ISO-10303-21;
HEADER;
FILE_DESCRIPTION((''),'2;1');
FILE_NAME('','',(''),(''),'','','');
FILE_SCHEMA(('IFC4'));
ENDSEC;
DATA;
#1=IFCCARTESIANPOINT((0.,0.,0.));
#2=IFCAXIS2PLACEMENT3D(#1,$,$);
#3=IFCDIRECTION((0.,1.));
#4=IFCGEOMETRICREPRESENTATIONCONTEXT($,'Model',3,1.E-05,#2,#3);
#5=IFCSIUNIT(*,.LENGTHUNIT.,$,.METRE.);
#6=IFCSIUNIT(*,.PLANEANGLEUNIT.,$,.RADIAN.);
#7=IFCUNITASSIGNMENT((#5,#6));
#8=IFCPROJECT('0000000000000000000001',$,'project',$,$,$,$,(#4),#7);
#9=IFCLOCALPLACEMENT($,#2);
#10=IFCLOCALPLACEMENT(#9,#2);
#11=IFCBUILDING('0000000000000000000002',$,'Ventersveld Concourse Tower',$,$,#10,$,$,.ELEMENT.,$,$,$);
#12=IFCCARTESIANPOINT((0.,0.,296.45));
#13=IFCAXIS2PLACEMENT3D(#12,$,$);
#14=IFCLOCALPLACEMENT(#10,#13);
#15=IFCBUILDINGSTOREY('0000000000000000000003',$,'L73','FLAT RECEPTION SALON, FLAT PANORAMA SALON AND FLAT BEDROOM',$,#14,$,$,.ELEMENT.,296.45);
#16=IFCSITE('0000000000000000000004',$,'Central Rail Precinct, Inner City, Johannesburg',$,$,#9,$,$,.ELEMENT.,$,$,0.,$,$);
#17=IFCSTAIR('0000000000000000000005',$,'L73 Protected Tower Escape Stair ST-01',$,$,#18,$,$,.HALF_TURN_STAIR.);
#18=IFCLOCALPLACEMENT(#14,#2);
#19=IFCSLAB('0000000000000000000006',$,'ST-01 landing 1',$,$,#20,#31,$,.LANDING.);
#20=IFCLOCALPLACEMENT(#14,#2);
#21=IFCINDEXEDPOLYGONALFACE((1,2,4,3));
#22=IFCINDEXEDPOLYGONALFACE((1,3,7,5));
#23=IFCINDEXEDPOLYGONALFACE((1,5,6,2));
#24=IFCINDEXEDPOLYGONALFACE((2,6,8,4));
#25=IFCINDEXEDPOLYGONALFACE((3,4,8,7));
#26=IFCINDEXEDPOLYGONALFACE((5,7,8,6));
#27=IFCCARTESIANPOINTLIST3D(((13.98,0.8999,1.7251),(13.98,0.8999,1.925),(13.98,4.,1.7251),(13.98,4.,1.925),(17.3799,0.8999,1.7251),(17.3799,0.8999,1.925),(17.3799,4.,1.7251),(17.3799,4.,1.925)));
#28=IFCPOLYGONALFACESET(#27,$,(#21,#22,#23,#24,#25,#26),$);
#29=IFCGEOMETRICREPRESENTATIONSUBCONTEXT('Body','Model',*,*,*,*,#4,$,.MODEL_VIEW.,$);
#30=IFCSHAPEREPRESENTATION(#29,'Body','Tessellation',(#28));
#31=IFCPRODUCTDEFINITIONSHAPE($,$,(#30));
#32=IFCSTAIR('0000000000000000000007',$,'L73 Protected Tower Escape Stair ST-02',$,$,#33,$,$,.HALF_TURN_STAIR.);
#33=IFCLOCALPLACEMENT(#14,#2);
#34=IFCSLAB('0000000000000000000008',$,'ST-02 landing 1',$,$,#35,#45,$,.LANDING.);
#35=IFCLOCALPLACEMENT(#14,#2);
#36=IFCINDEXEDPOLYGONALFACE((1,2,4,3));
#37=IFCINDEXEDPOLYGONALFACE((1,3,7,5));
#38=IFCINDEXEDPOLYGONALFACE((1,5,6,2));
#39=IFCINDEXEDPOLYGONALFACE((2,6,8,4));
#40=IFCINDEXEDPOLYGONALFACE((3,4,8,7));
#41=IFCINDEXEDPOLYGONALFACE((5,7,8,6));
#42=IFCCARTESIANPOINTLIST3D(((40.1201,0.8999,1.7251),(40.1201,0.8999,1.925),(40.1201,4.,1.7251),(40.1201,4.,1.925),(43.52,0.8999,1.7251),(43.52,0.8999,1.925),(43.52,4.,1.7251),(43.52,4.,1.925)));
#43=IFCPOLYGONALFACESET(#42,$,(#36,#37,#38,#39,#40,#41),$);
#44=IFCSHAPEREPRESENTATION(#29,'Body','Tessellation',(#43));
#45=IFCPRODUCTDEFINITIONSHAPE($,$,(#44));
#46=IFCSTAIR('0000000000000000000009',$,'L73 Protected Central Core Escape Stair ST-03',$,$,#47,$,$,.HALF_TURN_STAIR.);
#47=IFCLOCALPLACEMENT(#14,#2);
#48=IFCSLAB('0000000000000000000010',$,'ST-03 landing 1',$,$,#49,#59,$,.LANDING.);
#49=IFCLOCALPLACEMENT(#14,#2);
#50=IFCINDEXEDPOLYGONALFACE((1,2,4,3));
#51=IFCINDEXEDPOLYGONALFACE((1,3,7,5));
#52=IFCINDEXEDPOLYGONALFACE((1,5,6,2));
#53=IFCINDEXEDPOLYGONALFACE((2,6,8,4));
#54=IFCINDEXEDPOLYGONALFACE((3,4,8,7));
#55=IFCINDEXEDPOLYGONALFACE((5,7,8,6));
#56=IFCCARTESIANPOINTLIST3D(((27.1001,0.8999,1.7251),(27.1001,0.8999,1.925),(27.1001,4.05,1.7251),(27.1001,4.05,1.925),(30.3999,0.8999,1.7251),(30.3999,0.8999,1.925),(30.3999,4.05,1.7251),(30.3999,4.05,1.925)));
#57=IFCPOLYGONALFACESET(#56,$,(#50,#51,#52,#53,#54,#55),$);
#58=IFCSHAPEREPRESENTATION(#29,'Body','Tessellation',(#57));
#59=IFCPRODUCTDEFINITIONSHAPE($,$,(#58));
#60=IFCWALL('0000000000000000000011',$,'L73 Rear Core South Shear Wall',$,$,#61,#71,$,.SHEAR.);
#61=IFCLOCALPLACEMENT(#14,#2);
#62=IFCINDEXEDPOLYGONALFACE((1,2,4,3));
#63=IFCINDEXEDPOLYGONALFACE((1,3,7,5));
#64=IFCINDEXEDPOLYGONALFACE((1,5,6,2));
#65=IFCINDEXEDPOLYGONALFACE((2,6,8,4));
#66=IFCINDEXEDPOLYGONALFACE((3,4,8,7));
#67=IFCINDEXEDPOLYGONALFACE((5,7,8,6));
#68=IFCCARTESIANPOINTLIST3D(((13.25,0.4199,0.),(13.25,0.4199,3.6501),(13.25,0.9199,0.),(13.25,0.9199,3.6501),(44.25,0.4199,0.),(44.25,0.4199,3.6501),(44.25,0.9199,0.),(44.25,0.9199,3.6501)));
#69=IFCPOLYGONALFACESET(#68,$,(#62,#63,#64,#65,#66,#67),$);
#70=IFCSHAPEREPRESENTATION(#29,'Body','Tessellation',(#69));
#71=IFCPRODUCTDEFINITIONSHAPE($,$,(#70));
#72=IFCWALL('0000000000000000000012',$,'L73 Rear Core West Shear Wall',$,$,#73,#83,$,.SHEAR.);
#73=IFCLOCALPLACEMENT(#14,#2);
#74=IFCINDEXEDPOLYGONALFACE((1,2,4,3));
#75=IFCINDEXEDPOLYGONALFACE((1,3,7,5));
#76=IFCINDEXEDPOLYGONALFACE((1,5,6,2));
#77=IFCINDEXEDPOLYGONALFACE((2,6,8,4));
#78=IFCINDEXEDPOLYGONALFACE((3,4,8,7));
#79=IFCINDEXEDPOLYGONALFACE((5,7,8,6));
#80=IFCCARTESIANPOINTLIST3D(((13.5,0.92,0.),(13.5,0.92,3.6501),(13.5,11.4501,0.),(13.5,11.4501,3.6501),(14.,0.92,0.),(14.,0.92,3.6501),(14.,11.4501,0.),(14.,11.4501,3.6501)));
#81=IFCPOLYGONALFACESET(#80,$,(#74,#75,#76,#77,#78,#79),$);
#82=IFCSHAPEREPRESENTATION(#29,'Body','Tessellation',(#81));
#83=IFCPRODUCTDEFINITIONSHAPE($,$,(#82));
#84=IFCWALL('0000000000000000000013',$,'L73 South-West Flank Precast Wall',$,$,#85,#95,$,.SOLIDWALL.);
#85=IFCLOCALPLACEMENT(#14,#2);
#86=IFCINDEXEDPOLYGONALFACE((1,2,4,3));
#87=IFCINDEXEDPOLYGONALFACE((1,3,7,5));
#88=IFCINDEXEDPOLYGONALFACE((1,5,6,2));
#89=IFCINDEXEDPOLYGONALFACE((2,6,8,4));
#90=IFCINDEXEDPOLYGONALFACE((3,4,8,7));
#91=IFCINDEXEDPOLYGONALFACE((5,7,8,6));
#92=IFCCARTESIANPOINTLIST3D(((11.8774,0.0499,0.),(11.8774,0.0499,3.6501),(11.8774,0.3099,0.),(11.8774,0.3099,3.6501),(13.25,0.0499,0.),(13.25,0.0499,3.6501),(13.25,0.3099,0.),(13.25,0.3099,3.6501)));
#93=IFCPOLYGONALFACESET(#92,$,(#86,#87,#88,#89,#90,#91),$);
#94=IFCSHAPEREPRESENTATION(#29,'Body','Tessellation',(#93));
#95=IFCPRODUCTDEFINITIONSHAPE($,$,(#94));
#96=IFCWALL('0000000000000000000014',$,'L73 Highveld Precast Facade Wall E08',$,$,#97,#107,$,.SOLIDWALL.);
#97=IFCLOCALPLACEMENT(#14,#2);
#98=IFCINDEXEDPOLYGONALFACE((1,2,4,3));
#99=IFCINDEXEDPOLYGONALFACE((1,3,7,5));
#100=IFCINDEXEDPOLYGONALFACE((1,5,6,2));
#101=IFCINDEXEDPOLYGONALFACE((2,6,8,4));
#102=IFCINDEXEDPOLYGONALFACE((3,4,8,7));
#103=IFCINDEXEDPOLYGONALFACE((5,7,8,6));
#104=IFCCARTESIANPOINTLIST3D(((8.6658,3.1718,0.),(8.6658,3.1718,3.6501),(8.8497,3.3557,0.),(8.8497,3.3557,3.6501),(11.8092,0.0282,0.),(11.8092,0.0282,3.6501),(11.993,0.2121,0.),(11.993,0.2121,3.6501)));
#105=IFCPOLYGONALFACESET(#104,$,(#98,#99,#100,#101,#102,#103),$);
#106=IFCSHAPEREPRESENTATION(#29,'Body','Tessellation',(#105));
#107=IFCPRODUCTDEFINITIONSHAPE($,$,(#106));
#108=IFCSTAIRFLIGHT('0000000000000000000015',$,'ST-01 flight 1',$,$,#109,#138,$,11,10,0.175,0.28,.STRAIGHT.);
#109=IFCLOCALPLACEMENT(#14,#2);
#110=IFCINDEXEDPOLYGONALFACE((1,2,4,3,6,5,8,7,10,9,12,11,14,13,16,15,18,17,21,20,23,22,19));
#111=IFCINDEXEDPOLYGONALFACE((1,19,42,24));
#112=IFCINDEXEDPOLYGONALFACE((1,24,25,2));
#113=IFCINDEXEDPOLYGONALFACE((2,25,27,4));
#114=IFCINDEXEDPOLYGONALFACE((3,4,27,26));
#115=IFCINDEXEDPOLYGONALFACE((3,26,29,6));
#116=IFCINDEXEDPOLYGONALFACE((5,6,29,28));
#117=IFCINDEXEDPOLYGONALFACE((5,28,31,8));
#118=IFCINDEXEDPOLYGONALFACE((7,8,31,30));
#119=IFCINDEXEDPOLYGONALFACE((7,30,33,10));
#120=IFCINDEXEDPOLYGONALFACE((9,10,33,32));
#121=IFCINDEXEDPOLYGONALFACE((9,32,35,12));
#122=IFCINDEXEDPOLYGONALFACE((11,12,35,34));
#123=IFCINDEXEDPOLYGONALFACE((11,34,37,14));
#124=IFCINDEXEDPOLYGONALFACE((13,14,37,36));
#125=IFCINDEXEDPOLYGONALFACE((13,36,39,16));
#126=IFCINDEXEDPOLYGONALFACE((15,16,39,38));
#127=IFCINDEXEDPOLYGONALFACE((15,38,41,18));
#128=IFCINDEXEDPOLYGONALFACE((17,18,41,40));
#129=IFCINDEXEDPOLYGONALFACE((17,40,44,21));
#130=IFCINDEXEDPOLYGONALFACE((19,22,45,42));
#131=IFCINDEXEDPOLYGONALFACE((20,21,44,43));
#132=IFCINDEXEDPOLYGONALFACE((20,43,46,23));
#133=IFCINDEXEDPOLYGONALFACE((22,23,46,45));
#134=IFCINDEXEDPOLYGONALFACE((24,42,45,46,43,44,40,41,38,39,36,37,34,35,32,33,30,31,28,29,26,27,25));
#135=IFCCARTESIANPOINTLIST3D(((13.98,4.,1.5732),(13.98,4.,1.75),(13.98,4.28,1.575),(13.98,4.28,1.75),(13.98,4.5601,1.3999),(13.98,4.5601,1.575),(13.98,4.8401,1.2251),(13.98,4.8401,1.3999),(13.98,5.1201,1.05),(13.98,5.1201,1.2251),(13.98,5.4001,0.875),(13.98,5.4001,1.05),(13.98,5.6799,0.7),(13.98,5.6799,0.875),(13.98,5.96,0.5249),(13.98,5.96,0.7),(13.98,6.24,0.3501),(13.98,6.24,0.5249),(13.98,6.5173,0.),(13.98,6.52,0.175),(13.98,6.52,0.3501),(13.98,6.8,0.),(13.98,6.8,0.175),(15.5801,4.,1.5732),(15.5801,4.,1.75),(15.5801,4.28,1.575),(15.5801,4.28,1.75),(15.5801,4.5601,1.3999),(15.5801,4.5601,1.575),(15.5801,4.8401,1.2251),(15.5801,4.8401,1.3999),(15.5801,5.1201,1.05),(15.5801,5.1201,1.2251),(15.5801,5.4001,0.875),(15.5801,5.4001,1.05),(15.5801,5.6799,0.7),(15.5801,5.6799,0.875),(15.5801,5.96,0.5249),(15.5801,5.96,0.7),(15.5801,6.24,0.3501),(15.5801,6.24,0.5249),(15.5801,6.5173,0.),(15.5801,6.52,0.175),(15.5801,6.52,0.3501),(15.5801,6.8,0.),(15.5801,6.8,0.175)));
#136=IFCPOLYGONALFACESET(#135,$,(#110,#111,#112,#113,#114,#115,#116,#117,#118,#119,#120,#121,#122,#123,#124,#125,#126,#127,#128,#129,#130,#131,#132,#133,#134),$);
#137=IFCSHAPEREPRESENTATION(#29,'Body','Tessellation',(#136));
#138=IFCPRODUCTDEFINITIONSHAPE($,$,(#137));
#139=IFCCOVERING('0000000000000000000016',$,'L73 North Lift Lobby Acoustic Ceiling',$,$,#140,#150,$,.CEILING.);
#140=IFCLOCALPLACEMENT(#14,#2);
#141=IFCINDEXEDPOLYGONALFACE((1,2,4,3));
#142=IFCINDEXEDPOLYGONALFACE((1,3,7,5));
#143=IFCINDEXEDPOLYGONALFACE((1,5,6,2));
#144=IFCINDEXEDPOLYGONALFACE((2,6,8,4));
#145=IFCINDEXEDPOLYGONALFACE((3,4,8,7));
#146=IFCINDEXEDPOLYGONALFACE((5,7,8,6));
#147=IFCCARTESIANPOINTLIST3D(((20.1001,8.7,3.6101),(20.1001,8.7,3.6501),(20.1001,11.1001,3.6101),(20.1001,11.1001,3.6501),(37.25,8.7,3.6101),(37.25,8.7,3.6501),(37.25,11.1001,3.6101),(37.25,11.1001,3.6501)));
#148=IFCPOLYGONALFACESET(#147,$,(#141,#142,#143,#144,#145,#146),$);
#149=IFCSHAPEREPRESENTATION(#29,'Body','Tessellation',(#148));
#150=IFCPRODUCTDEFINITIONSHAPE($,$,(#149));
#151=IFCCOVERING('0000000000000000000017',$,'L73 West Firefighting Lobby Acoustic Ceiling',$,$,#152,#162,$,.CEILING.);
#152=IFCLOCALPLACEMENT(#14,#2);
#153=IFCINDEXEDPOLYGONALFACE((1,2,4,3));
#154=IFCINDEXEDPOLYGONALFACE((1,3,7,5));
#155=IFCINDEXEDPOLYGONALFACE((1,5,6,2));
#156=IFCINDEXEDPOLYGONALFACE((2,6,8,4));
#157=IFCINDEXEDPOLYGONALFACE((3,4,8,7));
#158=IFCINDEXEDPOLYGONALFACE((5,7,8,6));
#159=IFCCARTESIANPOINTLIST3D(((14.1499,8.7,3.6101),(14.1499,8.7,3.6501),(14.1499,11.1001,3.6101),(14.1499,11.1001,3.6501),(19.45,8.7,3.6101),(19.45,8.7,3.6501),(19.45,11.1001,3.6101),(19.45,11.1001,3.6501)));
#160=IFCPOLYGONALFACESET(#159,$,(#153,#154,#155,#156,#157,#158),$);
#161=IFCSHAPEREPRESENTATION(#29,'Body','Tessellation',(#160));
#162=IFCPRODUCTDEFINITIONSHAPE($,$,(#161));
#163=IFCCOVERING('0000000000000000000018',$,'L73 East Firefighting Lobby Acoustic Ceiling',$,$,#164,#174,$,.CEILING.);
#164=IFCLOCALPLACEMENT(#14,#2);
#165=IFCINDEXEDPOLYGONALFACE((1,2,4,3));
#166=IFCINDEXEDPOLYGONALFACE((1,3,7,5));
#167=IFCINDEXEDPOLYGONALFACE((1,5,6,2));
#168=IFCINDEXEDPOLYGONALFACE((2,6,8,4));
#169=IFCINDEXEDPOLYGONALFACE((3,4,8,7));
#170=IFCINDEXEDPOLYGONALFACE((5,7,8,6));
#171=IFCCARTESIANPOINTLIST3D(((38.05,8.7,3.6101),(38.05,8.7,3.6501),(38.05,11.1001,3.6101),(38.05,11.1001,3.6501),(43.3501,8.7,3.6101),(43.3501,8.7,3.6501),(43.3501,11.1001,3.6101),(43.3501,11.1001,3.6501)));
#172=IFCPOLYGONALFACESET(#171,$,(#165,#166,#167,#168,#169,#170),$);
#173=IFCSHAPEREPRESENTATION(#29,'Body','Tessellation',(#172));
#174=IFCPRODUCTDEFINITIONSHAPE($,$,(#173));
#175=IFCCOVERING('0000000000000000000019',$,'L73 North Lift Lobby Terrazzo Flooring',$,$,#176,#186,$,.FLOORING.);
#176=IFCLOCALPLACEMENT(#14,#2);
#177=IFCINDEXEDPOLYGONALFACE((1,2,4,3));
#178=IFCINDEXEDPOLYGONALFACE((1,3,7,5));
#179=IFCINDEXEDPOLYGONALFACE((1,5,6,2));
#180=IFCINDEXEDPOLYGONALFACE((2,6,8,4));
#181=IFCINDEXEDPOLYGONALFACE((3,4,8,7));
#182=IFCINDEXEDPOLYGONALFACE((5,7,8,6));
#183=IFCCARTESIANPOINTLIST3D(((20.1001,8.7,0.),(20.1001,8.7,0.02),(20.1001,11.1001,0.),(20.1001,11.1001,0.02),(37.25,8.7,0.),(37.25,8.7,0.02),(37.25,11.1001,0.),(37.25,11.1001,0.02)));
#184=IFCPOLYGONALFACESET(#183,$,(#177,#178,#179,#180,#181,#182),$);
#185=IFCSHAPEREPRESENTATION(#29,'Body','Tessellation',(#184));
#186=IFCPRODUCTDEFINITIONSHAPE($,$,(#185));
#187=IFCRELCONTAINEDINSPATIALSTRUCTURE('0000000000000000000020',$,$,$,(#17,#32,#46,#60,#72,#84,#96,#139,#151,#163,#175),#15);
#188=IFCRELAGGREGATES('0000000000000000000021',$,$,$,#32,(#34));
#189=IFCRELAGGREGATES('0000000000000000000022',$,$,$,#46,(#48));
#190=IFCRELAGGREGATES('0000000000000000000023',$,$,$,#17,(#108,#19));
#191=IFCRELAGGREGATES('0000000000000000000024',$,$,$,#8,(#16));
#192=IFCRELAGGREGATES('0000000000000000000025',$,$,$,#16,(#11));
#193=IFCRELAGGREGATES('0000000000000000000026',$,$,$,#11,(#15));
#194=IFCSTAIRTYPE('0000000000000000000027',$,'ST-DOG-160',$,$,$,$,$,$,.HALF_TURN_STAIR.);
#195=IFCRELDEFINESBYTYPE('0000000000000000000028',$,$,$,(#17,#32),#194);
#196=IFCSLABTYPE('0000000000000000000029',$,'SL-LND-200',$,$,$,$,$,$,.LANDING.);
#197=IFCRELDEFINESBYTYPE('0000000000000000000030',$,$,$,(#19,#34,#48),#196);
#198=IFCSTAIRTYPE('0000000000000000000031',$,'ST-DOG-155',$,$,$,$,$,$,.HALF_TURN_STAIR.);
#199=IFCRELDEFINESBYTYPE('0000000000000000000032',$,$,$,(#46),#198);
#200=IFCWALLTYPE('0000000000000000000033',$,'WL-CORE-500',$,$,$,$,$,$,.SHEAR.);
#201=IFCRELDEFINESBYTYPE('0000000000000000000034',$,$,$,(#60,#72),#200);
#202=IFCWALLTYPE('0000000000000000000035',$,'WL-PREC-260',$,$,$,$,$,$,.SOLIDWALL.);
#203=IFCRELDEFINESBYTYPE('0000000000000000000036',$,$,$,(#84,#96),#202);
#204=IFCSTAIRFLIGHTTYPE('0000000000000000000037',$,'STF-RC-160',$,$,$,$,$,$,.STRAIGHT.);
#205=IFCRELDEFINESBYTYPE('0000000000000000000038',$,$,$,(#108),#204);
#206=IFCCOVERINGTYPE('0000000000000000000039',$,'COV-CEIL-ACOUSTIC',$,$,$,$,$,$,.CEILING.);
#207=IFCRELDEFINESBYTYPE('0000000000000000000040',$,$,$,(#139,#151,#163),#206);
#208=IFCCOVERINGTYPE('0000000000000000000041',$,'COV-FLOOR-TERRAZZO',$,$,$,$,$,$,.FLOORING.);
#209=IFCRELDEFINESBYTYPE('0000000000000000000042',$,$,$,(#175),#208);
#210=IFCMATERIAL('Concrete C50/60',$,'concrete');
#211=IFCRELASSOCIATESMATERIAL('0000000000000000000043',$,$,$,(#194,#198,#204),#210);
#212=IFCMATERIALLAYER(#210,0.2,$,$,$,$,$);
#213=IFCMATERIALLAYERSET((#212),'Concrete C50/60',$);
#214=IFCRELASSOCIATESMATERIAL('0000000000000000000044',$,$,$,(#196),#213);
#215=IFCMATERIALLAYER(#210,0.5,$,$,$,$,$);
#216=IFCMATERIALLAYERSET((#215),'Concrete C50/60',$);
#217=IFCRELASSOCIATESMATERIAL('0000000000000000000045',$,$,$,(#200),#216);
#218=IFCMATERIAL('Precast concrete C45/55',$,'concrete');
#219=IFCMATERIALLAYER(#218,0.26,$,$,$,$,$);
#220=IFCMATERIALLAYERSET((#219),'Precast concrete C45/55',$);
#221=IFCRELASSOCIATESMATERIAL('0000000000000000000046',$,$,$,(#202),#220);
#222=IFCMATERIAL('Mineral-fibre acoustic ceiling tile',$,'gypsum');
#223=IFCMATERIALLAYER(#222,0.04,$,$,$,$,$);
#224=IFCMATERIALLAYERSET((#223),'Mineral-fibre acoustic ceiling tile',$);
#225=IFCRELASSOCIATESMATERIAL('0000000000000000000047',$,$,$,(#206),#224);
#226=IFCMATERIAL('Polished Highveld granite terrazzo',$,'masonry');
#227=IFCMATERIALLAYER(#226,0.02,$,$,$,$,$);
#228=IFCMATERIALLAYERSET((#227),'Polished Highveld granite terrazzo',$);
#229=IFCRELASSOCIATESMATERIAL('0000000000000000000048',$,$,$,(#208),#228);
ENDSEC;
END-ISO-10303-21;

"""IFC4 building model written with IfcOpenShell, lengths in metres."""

from ifc_helpers import new_model, si_unit, direction, frame, frame_2d, origin, place, context, subcontext, project, spatial, polyline, rectangle, outline, extrude, material, layer, layer_set, type_object, element, aggregate, save


model = new_model("IFC4")

# Units and contexts
model_context = context("Model", 3, precision=1e-05, world=origin(), true_north=direction((0.0, 1.0)))
body_context = subcontext(model_context, "Body", "Model", "MODEL_VIEW")
ifc_project = project(units=[si_unit("LENGTHUNIT", "METRE"), si_unit("PLANEANGLEUNIT", "RADIAN")], contexts=[model_context])

# Site, building, storey
site_placement = place(None, origin())
site = spatial("IfcSite", under=ifc_project, at=site_placement, Name="Central Rail Precinct, Inner City, Johannesburg", CompositionType="ELEMENT", RefElevation=0.0)
building_placement = place(site_placement, origin())
building = spatial("IfcBuilding", under=site, at=building_placement, Name="Ventersveld Concourse Tower", CompositionType="ELEMENT")
storey_placement = place(building_placement, frame((0.0, 0.0, 296.45)))
storey = spatial("IfcBuildingStorey", under=building, at=storey_placement, Name="L73", Description="FLAT RECEPTION SALON, FLAT PANORAMA SALON AND FLAT BEDROOM", CompositionType="ELEMENT", Elevation=296.45)

# Shared definitions
ifc_material_1 = material(Name="Concrete C50/60", Category="concrete")

# Stairs, slabs
stair_type_1 = type_object("IfcStairType", Name="ST-DOG-160", PredefinedType="HALF_TURN_STAIR", material=ifc_material_1)
stair_1_placement = place(storey_placement, origin())
stair_1 = element("IfcStair", 1, at=stair_1_placement, inside=storey, type_object=stair_type_1, Name="L73 Protected Tower Escape Stair ST-01", PredefinedType="HALF_TURN_STAIR")
ifc_layer_1 = layer(ifc_material_1, 0.2)
ifc_layer_set_1 = layer_set([ifc_layer_1], Name="Concrete C50/60")
slab_type_1 = type_object("IfcSlabType", Name="SL-LND-200", PredefinedType="LANDING", material=ifc_layer_set_1)
slab_1_placement = place(storey_placement, frame((0.0, 0.0, 1.7251)))
slab_1 = element("IfcSlab", 2, at=slab_1_placement, type_object=slab_type_1, Name="ST-01 landing 1", PredefinedType="LANDING", context=body_context, shape_type="SweptSolid", body=[
    extrude(outline(polyline([(13.98, 4.0), (13.98, 0.8999), (17.3799, 0.8999), (17.3799, 4.0), (13.98, 4.0)])), origin(), (0.0, 0.0, 1.0), 0.2),
])
stair_2_placement = place(storey_placement, origin())
stair_2 = element("IfcStair", 3, at=stair_2_placement, inside=storey, type_object=stair_type_1, Name="L73 Protected Tower Escape Stair ST-02", PredefinedType="HALF_TURN_STAIR")
slab_2_placement = place(storey_placement, frame((0.0, 0.0, 1.7251)))
slab_2 = element("IfcSlab", 4, at=slab_2_placement, type_object=slab_type_1, Name="ST-02 landing 1", PredefinedType="LANDING", context=body_context, shape_type="SweptSolid", body=[
    extrude(outline(polyline([(40.1201, 4.0), (40.1201, 0.8999), (43.52, 0.8999), (43.52, 4.0), (40.1201, 4.0)])), origin(), (0.0, 0.0, 1.0), 0.2),
])
aggregate(stair_2, [slab_2])
stair_type_2 = type_object("IfcStairType", Name="ST-DOG-155", PredefinedType="HALF_TURN_STAIR", material=ifc_material_1)
stair_3_placement = place(storey_placement, origin())
stair_3 = element("IfcStair", 5, at=stair_3_placement, inside=storey, type_object=stair_type_2, Name="L73 Protected Central Core Escape Stair ST-03", PredefinedType="HALF_TURN_STAIR")
slab_3_placement = place(storey_placement, frame((0.0, 0.0, 1.7251)))
slab_3 = element("IfcSlab", 6, at=slab_3_placement, type_object=slab_type_1, Name="ST-03 landing 1", PredefinedType="LANDING", context=body_context, shape_type="SweptSolid", body=[
    extrude(outline(polyline([(27.1001, 4.05), (27.1001, 0.8999), (30.3999, 0.8999), (30.3999, 4.05), (27.1001, 4.05)])), origin(), (0.0, 0.0, 1.0), 0.2),
])
aggregate(stair_3, [slab_3])

# Walls
ifc_layer_2 = layer(ifc_material_1, 0.5)
ifc_layer_set_2 = layer_set([ifc_layer_2], Name="Concrete C50/60")
wall_type_1 = type_object("IfcWallType", Name="WL-CORE-500", PredefinedType="SHEAR", material=ifc_layer_set_2)
wall_1_placement = place(storey_placement, frame((13.25, 0.6699, 0.0), z_axis=(0.0, 0.0, 1.0), x_axis=(1.0, 0.0, 0.0)))
element("IfcWall", 7, at=wall_1_placement, inside=storey, type_object=wall_type_1, Name="L73 Rear Core South Shear Wall", PredefinedType="SHEAR", context=body_context, shape_type="SweptSolid", body=[
    extrude(rectangle(XDim=31.0, YDim=0.5, at=frame_2d((15.5, 0.0))), origin(), (0.0, 0.0, 1.0), 3.6501),
])
wall_2_placement = place(storey_placement, frame((13.75, 0.9199, 0.0), z_axis=(0.0, 0.0, 1.0), x_axis=(0.0, 1.0, 0.0)))
element("IfcWall", 8, at=wall_2_placement, inside=storey, type_object=wall_type_1, Name="L73 Rear Core West Shear Wall", PredefinedType="SHEAR", context=body_context, shape_type="SweptSolid", body=[
    extrude(rectangle(XDim=10.53, YDim=0.5, at=frame_2d((5.2651, 0.0))), origin(), (0.0, 0.0, 1.0), 3.6501),
])
ifc_material_2 = material(Name="Precast concrete C45/55", Category="concrete")
ifc_layer_3 = layer(ifc_material_2, 0.26)
ifc_layer_set_3 = layer_set([ifc_layer_3], Name="Precast concrete C45/55")
wall_type_2 = type_object("IfcWallType", Name="WL-PREC-260", PredefinedType="SOLIDWALL", material=ifc_layer_set_3)
wall_3_placement = place(storey_placement, frame((11.8774, 0.1799, 0.0), z_axis=(0.0, 0.0, 1.0), x_axis=(1.0, 0.0, 0.0)))
element("IfcWall", 9, at=wall_3_placement, inside=storey, type_object=wall_type_2, Name="L73 South-West Flank Precast Wall", PredefinedType="SOLIDWALL", context=body_context, shape_type="SweptSolid", body=[
    extrude(rectangle(XDim=1.3726, YDim=0.26, at=frame_2d((0.6863, 0.0))), origin(), (0.0, 0.0, 1.0), 3.6501),
])
wall_4_placement = place(storey_placement, frame((8.7578, 3.2637, 0.0), z_axis=(0.0, 0.0, 1.0), x_axis=(0.707079, -0.707134, 0.0)))
element("IfcWall", 10, at=wall_4_placement, inside=storey, type_object=wall_type_2, Name="L73 Highveld Precast Facade Wall E08", PredefinedType="SOLIDWALL", context=body_context, shape_type="SweptSolid", body=[
    extrude(rectangle(XDim=4.4456, YDim=0.26, at=frame_2d((2.2227, 0.0))), origin(), (0.0, 0.0, 1.0), 3.6501),
])

# Stair flight
stair_flight_type = type_object("IfcStairFlightType", Name="STF-RC-160", PredefinedType="STRAIGHT", material=ifc_material_1)
stair_flight_placement = place(storey_placement, frame((14.78, 6.8, 0.0), z_axis=(0.0, 0.0, 1.0), x_axis=(0.0, -1.0, 0.0)))
stair_flight = element("IfcStairFlight", 11, at=stair_flight_placement, type_object=stair_flight_type, Name="ST-01 flight 1", NumberOfRisers=11, NumberOfTreads=10, PredefinedType="STRAIGHT", RiserHeight=0.175, TreadLength=0.28, context=body_context, shape_type="SweptSolid", body=[
    extrude(outline(polyline([(0.0, 0.0), (0.0, 0.175), (0.28, 0.175), (0.28, 0.3501), (0.5601, 0.3501), (0.5601, 0.5249), (0.8401, 0.5249), (0.8401, 0.7), (1.1201, 0.7), (1.1201, 0.875), (1.3999, 0.875), (1.3999, 1.05), (1.6799, 1.05), (1.6799, 1.2251), (1.96, 1.2251), (1.96, 1.3999), (2.24, 1.3999), (2.24, 1.575), (2.52, 1.575), (2.52, 1.75), (2.8, 1.75), (2.8, 1.925), (2.8, 1.5732), (0.2827, 0.0), (0.0, 0.0)])), frame((0.0, 0.8, 0.0), z_axis=(0.0, -1.0, 0.0), x_axis=(1.0, 0.0, 0.0)), (0.0, 0.0, 1.0), 1.6001),
])
aggregate(stair_1, [stair_flight, slab_1])

# Coverings
ifc_material_3 = material(Name="Mineral-fibre acoustic ceiling tile", Category="gypsum")
ifc_layer_4 = layer(ifc_material_3, 0.04)
ifc_layer_set_4 = layer_set([ifc_layer_4], Name="Mineral-fibre acoustic ceiling tile")
covering_type_1 = type_object("IfcCoveringType", Name="COV-CEIL-ACOUSTIC", PredefinedType="CEILING", material=ifc_layer_set_4)
covering_1_placement = place(storey_placement, frame((0.0, 0.0, 3.6101)))
element("IfcCovering", 12, at=covering_1_placement, inside=storey, type_object=covering_type_1, Name="L73 North Lift Lobby Acoustic Ceiling", PredefinedType="CEILING", context=body_context, shape_type="SweptSolid", body=[
    extrude(outline(polyline([(20.1001, 8.7), (37.25, 8.7), (37.25, 11.1001), (20.1001, 11.1001), (20.1001, 8.7)])), origin(), (0.0, 0.0, 1.0), 0.04),
])
covering_2_placement = place(storey_placement, frame((0.0, 0.0, 3.6101)))
element("IfcCovering", 13, at=covering_2_placement, inside=storey, type_object=covering_type_1, Name="L73 West Firefighting Lobby Acoustic Ceiling", PredefinedType="CEILING", context=body_context, shape_type="SweptSolid", body=[
    extrude(outline(polyline([(14.1499, 8.7), (19.45, 8.7), (19.45, 11.1001), (14.1499, 11.1001), (14.1499, 8.7)])), origin(), (0.0, 0.0, 1.0), 0.04),
])
covering_3_placement = place(storey_placement, frame((0.0, 0.0, 3.6101)))
element("IfcCovering", 14, at=covering_3_placement, inside=storey, type_object=covering_type_1, Name="L73 East Firefighting Lobby Acoustic Ceiling", PredefinedType="CEILING", context=body_context, shape_type="SweptSolid", body=[
    extrude(outline(polyline([(38.05, 8.7), (43.3501, 8.7), (43.3501, 11.1001), (38.05, 11.1001), (38.05, 8.7)])), origin(), (0.0, 0.0, 1.0), 0.04),
])
ifc_material_4 = material(Name="Polished Highveld granite terrazzo", Category="masonry")
ifc_layer_5 = layer(ifc_material_4, 0.02)
ifc_layer_set_5 = layer_set([ifc_layer_5], Name="Polished Highveld granite terrazzo")
covering_type_2 = type_object("IfcCoveringType", Name="COV-FLOOR-TERRAZZO", PredefinedType="FLOORING", material=ifc_layer_set_5)
covering_4_placement = place(storey_placement, origin())
element("IfcCovering", 15, at=covering_4_placement, inside=storey, type_object=covering_type_2, Name="L73 North Lift Lobby Terrazzo Flooring", PredefinedType="FLOORING", context=body_context, shape_type="SweptSolid", body=[
    extrude(outline(polyline([(20.1001, 8.7), (37.25, 8.7), (37.25, 11.1001), (20.1001, 11.1001), (20.1001, 8.7)])), origin(), (0.0, 0.0, 1.0), 0.02),
])

save(model, "model.ifc")
